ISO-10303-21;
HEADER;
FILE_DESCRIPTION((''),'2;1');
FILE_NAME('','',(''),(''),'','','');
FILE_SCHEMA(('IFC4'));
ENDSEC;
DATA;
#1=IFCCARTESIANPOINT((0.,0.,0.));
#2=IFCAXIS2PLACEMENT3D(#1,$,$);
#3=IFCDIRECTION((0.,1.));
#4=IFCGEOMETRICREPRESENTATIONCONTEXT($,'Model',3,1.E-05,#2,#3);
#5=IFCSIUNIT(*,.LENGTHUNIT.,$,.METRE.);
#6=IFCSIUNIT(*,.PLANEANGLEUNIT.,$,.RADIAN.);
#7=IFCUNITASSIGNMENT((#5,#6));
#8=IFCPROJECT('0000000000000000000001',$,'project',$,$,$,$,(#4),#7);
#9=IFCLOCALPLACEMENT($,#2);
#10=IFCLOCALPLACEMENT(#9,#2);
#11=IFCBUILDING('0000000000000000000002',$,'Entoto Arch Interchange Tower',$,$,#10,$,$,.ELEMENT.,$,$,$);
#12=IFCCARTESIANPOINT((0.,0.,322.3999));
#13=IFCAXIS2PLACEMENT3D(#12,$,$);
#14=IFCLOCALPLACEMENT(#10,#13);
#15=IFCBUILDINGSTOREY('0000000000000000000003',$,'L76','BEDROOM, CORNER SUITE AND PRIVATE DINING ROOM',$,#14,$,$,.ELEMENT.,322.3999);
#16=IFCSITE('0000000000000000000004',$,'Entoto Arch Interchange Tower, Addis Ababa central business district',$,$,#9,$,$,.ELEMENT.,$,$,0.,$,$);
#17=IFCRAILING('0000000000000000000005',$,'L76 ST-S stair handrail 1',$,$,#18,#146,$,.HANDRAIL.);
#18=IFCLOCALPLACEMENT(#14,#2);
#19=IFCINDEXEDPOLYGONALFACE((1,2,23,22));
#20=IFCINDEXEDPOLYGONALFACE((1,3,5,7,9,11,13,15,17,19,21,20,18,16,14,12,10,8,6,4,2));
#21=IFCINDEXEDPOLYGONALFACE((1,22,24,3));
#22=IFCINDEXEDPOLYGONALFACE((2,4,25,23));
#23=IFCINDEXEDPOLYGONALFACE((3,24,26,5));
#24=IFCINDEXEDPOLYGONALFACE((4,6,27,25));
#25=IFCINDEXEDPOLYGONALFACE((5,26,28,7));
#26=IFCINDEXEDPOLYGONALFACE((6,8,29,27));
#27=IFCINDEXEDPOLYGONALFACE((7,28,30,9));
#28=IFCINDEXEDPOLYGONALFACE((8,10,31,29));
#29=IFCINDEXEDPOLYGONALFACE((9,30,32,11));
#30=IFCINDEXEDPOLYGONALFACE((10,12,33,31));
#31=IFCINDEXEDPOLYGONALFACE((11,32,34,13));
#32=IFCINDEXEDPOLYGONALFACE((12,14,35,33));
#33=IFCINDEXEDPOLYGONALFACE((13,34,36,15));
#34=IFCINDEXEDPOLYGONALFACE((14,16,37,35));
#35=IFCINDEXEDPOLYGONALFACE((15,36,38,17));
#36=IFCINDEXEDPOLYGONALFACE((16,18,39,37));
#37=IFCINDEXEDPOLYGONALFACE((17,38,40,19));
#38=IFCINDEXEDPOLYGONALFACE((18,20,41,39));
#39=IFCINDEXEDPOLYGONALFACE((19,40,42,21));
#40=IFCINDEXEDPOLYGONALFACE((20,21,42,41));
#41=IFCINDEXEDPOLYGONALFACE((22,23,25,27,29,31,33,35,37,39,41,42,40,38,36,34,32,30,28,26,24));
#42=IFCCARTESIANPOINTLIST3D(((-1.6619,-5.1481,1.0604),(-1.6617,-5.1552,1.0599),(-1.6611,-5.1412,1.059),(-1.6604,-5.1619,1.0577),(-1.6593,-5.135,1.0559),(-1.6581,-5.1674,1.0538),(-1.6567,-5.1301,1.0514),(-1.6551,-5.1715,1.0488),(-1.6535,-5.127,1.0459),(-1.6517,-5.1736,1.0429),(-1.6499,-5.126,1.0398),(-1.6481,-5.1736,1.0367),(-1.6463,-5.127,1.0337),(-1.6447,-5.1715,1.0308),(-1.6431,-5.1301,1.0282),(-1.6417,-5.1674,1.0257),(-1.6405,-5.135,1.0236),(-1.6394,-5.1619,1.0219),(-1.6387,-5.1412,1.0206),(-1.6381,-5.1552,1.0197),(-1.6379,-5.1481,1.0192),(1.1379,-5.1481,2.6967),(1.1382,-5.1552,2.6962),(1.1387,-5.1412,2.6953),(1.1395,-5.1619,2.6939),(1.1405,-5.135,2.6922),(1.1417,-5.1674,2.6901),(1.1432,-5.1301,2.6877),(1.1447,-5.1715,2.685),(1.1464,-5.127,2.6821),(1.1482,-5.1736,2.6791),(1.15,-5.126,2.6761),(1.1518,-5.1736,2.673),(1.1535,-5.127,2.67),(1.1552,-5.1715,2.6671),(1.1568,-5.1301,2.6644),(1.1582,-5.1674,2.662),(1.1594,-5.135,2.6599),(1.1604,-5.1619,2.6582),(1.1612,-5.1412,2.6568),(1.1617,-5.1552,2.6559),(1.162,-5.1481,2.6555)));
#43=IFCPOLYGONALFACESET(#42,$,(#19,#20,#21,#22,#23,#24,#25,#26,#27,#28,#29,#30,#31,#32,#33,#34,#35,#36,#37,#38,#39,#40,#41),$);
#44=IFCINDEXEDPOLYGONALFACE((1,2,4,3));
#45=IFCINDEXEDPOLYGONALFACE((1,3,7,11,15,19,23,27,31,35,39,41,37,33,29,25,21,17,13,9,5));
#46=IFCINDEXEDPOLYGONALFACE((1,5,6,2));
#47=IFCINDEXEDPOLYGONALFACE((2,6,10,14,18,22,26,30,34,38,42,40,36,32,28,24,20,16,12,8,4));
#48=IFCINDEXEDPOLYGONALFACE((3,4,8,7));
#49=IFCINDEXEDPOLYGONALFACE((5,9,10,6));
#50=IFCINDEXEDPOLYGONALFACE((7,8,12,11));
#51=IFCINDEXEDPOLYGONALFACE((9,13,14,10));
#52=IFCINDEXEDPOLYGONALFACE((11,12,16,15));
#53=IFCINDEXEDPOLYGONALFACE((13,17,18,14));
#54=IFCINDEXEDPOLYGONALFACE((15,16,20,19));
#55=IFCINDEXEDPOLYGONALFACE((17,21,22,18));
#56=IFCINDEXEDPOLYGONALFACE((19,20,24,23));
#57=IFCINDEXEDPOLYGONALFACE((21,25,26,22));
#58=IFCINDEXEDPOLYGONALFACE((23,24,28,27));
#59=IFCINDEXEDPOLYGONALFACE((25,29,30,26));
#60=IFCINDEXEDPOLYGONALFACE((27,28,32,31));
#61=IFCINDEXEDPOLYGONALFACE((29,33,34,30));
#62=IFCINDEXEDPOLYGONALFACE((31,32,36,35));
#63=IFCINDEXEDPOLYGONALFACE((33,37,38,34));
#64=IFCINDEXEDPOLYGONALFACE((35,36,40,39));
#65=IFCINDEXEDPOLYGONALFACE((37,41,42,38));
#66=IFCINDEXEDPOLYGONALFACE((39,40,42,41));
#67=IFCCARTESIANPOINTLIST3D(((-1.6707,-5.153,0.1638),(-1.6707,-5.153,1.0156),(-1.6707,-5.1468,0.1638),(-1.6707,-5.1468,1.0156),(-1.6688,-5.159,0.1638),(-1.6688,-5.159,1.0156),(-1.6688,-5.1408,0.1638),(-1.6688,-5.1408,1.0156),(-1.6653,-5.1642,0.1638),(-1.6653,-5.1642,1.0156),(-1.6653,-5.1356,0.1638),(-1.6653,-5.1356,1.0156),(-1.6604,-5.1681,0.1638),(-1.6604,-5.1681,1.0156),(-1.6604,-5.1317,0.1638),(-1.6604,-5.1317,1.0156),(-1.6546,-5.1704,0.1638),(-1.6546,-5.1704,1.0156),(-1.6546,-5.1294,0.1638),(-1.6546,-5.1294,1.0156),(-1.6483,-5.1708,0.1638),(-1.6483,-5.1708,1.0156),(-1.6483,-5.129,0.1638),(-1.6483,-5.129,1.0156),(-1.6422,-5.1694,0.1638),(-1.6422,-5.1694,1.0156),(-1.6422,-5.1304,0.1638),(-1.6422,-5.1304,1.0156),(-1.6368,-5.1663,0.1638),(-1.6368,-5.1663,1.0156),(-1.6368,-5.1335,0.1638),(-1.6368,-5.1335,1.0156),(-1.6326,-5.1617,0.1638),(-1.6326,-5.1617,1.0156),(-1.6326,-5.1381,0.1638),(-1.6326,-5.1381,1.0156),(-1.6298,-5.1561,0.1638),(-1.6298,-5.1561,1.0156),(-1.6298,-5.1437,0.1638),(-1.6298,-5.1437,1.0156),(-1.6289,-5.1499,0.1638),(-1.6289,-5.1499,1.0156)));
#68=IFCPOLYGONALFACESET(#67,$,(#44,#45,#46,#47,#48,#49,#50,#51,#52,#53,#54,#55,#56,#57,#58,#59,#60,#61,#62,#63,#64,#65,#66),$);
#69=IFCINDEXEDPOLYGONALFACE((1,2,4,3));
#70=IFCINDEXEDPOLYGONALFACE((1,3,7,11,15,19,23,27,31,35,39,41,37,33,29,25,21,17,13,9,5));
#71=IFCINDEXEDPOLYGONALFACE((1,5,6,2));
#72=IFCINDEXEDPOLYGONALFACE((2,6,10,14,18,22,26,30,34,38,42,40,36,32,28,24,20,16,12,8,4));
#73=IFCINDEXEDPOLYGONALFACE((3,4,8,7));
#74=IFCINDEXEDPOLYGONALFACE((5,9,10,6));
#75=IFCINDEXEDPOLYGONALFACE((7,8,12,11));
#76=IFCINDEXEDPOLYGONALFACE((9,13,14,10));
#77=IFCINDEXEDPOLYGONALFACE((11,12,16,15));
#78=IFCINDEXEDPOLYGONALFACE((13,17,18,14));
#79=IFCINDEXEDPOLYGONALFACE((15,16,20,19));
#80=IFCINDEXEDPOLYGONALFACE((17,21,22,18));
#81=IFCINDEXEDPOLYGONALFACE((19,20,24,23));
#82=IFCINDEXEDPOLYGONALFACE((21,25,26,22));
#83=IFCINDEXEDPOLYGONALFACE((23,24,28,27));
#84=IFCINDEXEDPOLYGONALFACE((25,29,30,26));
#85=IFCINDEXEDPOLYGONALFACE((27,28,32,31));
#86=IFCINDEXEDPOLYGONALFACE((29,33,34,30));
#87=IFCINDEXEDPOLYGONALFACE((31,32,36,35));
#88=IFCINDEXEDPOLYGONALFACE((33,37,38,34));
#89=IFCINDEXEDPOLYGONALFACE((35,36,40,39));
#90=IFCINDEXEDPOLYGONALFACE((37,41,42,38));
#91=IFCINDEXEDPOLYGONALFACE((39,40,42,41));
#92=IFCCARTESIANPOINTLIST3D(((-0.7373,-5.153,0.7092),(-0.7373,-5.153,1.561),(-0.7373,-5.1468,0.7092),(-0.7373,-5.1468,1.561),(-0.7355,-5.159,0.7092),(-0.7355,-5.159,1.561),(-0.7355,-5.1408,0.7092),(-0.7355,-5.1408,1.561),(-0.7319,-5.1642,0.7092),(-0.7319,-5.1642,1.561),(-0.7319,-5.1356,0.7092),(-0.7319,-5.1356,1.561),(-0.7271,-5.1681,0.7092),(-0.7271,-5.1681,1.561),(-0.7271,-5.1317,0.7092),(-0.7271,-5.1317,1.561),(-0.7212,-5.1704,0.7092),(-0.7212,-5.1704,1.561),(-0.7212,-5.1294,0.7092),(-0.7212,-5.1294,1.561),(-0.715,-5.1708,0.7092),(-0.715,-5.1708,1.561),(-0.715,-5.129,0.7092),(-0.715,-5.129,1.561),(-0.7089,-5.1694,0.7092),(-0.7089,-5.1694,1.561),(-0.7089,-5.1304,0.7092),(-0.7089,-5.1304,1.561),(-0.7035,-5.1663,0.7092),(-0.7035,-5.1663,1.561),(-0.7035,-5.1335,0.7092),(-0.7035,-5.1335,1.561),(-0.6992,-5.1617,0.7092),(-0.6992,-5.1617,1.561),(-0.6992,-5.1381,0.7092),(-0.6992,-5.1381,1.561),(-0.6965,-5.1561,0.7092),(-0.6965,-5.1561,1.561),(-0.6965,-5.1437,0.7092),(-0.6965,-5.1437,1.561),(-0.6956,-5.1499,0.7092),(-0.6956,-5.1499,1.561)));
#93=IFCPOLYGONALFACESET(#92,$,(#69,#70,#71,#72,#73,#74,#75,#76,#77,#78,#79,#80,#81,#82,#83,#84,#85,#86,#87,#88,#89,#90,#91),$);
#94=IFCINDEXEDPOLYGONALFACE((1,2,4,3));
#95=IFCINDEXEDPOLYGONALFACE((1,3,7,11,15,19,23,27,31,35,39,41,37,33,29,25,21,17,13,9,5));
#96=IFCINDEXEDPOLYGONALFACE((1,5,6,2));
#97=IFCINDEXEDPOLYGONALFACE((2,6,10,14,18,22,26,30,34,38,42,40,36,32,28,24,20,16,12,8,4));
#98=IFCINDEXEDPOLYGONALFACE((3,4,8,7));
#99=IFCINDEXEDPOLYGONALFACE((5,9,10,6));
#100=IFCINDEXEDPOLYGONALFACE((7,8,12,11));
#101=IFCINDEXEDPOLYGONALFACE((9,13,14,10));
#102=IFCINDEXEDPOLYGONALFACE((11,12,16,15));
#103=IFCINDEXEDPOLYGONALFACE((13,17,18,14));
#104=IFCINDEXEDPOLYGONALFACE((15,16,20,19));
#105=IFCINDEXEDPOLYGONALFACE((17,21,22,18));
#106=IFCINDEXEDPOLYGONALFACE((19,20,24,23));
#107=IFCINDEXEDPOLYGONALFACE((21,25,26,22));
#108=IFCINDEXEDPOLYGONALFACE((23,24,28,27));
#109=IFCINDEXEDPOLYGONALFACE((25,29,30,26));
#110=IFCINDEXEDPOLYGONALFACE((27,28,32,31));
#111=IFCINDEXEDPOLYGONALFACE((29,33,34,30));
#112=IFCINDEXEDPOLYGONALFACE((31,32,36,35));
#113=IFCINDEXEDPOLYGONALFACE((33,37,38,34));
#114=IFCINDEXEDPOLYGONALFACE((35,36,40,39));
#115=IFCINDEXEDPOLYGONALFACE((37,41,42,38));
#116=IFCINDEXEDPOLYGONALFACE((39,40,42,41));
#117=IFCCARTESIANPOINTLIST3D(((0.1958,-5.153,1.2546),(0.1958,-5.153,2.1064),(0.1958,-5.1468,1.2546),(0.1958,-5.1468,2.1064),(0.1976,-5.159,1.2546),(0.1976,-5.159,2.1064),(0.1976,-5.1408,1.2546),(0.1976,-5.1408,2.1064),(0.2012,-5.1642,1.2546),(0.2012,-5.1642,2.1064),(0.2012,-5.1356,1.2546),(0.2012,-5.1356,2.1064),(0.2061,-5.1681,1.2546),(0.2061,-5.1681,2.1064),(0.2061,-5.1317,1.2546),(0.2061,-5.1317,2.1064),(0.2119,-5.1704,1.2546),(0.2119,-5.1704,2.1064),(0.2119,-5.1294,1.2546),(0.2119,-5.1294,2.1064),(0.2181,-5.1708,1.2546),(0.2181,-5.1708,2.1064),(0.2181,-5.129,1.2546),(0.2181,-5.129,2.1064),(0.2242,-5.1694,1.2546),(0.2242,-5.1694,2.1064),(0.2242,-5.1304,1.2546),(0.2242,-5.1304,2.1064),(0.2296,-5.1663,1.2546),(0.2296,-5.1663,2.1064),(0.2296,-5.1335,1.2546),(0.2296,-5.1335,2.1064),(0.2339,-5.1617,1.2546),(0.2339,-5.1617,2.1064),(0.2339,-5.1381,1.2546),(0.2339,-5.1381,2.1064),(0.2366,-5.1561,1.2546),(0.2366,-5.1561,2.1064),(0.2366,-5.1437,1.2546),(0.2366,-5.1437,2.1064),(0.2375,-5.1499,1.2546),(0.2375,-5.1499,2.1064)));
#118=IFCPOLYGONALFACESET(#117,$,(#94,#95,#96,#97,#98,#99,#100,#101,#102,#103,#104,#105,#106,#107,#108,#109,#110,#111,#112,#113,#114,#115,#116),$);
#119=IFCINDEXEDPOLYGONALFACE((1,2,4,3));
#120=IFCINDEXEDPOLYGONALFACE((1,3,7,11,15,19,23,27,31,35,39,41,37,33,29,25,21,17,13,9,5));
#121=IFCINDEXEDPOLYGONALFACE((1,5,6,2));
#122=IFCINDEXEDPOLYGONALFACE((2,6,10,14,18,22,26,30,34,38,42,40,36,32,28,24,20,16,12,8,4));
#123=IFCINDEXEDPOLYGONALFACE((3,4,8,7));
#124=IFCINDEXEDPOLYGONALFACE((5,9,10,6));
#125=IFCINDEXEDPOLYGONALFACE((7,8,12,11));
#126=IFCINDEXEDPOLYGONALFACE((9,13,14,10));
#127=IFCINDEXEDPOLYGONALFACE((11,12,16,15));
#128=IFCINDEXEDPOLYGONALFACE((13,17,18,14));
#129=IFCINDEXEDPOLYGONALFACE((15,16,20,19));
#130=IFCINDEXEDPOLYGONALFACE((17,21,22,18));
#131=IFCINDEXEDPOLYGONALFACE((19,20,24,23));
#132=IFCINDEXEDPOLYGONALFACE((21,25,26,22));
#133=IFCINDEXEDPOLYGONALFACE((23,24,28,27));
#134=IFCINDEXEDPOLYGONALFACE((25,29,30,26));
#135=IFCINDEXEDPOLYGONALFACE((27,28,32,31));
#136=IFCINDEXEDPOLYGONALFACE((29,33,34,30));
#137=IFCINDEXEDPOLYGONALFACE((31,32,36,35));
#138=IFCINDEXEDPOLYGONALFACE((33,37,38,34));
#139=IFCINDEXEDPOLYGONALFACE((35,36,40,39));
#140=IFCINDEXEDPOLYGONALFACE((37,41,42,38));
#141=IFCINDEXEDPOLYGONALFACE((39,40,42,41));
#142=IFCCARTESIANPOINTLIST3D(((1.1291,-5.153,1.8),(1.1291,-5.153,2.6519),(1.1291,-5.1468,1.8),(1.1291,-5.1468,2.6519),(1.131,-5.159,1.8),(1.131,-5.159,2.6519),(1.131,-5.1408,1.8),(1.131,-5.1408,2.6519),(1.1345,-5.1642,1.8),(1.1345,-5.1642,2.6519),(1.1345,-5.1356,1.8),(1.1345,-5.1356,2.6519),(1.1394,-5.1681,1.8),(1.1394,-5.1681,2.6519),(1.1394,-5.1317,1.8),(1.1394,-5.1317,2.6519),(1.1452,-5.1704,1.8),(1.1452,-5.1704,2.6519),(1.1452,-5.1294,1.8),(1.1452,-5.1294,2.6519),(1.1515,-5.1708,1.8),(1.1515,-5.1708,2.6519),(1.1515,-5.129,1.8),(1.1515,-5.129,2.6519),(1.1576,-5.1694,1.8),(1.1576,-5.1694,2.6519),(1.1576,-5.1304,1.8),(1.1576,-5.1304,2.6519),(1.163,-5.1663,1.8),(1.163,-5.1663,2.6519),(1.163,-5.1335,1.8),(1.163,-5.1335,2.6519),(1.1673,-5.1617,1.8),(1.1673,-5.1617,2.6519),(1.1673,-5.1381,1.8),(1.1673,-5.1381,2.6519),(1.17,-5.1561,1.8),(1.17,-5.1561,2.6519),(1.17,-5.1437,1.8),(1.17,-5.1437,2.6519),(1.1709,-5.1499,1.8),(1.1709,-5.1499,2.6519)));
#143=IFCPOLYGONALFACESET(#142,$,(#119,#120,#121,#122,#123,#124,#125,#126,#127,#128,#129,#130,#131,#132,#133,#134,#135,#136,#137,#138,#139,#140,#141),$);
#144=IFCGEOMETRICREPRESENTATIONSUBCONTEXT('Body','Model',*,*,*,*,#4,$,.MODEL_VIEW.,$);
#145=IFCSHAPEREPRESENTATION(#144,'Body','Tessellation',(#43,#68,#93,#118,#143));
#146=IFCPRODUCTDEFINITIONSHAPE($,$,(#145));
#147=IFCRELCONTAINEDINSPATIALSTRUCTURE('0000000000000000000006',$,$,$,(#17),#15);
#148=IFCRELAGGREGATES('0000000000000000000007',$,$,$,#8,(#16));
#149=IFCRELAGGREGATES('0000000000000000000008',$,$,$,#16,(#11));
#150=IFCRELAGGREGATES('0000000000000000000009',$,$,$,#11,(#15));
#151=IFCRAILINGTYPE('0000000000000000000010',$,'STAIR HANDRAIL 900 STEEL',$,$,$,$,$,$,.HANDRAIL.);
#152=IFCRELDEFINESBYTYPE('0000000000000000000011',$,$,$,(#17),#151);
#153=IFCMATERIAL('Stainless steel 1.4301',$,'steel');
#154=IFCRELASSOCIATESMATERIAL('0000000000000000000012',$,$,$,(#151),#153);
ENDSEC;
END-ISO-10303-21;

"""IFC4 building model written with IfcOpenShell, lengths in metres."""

from ifc_helpers import new_model, si_unit, direction, frame, origin, origin_2d, place, context, subcontext, project, spatial, circle, extrude, material, type_object, element, save


model = new_model("IFC4")

# Units and contexts
model_context = context("Model", 3, precision=1e-05, world=origin(), true_north=direction((0.0, 1.0)))
body_context = subcontext(model_context, "Body", "Model", "MODEL_VIEW")
ifc_project = project(units=[si_unit("LENGTHUNIT", "METRE"), si_unit("PLANEANGLEUNIT", "RADIAN")], contexts=[model_context])

# Site, building, storey
site_placement = place(None, origin())
site = spatial("IfcSite", under=ifc_project, at=site_placement, Name="Entoto Arch Interchange Tower, Addis Ababa central business district", CompositionType="ELEMENT", RefElevation=0.0)
building_placement = place(site_placement, origin())
building = spatial("IfcBuilding", under=site, at=building_placement, Name="Entoto Arch Interchange Tower", CompositionType="ELEMENT")
storey_placement = place(building_placement, frame((0.0, 0.0, 322.3999)))
storey = spatial("IfcBuildingStorey", under=building, at=storey_placement, Name="L76", Description="BEDROOM, CORNER SUITE AND PRIVATE DINING ROOM", CompositionType="ELEMENT", Elevation=322.3999)

# Railing
ifc_material_1 = material(Name="Stainless steel 1.4301", Category="steel")
railing_type_1 = type_object("IfcRailingType", Name="STAIR HANDRAIL 900 STEEL", PredefinedType="HANDRAIL", material=ifc_material_1)
railing_1_placement = place(storey_placement, frame((-1.6499, -5.1499, 0.1638)))
element("IfcRailing", 1, at=railing_1_placement, inside=storey, type_object=railing_type_1, Name="L76 ST-S stair handrail 1", PredefinedType="HANDRAIL", context=body_context, shape_type="SweptSolid", body=[
    extrude(circle(Radius=0.0239, at=origin_2d()), frame((0.0, 0.0, 0.876), z_axis=(0.863374, 0.0, 0.504564), x_axis=(0.0, 1.0, 0.0)), (0.0, 0.0, 1.0), 3.2429),
    extrude(circle(Radius=0.021, at=origin_2d()), origin(), (0.0, 0.0, 1.0), 0.8518),
    extrude(circle(Radius=0.021, at=origin_2d()), frame((0.9333, 0.0, 0.5454)), (0.0, 0.0, 1.0), 0.8518),
    extrude(circle(Radius=0.021, at=origin_2d()), frame((1.8665, 0.0, 1.0908)), (0.0, 0.0, 1.0), 0.8518),
    extrude(circle(Radius=0.021, at=origin_2d()), frame((2.7998, 0.0, 1.6362)), (0.0, 0.0, 1.0), 0.8518),
])

save(model, "model.ifc")
